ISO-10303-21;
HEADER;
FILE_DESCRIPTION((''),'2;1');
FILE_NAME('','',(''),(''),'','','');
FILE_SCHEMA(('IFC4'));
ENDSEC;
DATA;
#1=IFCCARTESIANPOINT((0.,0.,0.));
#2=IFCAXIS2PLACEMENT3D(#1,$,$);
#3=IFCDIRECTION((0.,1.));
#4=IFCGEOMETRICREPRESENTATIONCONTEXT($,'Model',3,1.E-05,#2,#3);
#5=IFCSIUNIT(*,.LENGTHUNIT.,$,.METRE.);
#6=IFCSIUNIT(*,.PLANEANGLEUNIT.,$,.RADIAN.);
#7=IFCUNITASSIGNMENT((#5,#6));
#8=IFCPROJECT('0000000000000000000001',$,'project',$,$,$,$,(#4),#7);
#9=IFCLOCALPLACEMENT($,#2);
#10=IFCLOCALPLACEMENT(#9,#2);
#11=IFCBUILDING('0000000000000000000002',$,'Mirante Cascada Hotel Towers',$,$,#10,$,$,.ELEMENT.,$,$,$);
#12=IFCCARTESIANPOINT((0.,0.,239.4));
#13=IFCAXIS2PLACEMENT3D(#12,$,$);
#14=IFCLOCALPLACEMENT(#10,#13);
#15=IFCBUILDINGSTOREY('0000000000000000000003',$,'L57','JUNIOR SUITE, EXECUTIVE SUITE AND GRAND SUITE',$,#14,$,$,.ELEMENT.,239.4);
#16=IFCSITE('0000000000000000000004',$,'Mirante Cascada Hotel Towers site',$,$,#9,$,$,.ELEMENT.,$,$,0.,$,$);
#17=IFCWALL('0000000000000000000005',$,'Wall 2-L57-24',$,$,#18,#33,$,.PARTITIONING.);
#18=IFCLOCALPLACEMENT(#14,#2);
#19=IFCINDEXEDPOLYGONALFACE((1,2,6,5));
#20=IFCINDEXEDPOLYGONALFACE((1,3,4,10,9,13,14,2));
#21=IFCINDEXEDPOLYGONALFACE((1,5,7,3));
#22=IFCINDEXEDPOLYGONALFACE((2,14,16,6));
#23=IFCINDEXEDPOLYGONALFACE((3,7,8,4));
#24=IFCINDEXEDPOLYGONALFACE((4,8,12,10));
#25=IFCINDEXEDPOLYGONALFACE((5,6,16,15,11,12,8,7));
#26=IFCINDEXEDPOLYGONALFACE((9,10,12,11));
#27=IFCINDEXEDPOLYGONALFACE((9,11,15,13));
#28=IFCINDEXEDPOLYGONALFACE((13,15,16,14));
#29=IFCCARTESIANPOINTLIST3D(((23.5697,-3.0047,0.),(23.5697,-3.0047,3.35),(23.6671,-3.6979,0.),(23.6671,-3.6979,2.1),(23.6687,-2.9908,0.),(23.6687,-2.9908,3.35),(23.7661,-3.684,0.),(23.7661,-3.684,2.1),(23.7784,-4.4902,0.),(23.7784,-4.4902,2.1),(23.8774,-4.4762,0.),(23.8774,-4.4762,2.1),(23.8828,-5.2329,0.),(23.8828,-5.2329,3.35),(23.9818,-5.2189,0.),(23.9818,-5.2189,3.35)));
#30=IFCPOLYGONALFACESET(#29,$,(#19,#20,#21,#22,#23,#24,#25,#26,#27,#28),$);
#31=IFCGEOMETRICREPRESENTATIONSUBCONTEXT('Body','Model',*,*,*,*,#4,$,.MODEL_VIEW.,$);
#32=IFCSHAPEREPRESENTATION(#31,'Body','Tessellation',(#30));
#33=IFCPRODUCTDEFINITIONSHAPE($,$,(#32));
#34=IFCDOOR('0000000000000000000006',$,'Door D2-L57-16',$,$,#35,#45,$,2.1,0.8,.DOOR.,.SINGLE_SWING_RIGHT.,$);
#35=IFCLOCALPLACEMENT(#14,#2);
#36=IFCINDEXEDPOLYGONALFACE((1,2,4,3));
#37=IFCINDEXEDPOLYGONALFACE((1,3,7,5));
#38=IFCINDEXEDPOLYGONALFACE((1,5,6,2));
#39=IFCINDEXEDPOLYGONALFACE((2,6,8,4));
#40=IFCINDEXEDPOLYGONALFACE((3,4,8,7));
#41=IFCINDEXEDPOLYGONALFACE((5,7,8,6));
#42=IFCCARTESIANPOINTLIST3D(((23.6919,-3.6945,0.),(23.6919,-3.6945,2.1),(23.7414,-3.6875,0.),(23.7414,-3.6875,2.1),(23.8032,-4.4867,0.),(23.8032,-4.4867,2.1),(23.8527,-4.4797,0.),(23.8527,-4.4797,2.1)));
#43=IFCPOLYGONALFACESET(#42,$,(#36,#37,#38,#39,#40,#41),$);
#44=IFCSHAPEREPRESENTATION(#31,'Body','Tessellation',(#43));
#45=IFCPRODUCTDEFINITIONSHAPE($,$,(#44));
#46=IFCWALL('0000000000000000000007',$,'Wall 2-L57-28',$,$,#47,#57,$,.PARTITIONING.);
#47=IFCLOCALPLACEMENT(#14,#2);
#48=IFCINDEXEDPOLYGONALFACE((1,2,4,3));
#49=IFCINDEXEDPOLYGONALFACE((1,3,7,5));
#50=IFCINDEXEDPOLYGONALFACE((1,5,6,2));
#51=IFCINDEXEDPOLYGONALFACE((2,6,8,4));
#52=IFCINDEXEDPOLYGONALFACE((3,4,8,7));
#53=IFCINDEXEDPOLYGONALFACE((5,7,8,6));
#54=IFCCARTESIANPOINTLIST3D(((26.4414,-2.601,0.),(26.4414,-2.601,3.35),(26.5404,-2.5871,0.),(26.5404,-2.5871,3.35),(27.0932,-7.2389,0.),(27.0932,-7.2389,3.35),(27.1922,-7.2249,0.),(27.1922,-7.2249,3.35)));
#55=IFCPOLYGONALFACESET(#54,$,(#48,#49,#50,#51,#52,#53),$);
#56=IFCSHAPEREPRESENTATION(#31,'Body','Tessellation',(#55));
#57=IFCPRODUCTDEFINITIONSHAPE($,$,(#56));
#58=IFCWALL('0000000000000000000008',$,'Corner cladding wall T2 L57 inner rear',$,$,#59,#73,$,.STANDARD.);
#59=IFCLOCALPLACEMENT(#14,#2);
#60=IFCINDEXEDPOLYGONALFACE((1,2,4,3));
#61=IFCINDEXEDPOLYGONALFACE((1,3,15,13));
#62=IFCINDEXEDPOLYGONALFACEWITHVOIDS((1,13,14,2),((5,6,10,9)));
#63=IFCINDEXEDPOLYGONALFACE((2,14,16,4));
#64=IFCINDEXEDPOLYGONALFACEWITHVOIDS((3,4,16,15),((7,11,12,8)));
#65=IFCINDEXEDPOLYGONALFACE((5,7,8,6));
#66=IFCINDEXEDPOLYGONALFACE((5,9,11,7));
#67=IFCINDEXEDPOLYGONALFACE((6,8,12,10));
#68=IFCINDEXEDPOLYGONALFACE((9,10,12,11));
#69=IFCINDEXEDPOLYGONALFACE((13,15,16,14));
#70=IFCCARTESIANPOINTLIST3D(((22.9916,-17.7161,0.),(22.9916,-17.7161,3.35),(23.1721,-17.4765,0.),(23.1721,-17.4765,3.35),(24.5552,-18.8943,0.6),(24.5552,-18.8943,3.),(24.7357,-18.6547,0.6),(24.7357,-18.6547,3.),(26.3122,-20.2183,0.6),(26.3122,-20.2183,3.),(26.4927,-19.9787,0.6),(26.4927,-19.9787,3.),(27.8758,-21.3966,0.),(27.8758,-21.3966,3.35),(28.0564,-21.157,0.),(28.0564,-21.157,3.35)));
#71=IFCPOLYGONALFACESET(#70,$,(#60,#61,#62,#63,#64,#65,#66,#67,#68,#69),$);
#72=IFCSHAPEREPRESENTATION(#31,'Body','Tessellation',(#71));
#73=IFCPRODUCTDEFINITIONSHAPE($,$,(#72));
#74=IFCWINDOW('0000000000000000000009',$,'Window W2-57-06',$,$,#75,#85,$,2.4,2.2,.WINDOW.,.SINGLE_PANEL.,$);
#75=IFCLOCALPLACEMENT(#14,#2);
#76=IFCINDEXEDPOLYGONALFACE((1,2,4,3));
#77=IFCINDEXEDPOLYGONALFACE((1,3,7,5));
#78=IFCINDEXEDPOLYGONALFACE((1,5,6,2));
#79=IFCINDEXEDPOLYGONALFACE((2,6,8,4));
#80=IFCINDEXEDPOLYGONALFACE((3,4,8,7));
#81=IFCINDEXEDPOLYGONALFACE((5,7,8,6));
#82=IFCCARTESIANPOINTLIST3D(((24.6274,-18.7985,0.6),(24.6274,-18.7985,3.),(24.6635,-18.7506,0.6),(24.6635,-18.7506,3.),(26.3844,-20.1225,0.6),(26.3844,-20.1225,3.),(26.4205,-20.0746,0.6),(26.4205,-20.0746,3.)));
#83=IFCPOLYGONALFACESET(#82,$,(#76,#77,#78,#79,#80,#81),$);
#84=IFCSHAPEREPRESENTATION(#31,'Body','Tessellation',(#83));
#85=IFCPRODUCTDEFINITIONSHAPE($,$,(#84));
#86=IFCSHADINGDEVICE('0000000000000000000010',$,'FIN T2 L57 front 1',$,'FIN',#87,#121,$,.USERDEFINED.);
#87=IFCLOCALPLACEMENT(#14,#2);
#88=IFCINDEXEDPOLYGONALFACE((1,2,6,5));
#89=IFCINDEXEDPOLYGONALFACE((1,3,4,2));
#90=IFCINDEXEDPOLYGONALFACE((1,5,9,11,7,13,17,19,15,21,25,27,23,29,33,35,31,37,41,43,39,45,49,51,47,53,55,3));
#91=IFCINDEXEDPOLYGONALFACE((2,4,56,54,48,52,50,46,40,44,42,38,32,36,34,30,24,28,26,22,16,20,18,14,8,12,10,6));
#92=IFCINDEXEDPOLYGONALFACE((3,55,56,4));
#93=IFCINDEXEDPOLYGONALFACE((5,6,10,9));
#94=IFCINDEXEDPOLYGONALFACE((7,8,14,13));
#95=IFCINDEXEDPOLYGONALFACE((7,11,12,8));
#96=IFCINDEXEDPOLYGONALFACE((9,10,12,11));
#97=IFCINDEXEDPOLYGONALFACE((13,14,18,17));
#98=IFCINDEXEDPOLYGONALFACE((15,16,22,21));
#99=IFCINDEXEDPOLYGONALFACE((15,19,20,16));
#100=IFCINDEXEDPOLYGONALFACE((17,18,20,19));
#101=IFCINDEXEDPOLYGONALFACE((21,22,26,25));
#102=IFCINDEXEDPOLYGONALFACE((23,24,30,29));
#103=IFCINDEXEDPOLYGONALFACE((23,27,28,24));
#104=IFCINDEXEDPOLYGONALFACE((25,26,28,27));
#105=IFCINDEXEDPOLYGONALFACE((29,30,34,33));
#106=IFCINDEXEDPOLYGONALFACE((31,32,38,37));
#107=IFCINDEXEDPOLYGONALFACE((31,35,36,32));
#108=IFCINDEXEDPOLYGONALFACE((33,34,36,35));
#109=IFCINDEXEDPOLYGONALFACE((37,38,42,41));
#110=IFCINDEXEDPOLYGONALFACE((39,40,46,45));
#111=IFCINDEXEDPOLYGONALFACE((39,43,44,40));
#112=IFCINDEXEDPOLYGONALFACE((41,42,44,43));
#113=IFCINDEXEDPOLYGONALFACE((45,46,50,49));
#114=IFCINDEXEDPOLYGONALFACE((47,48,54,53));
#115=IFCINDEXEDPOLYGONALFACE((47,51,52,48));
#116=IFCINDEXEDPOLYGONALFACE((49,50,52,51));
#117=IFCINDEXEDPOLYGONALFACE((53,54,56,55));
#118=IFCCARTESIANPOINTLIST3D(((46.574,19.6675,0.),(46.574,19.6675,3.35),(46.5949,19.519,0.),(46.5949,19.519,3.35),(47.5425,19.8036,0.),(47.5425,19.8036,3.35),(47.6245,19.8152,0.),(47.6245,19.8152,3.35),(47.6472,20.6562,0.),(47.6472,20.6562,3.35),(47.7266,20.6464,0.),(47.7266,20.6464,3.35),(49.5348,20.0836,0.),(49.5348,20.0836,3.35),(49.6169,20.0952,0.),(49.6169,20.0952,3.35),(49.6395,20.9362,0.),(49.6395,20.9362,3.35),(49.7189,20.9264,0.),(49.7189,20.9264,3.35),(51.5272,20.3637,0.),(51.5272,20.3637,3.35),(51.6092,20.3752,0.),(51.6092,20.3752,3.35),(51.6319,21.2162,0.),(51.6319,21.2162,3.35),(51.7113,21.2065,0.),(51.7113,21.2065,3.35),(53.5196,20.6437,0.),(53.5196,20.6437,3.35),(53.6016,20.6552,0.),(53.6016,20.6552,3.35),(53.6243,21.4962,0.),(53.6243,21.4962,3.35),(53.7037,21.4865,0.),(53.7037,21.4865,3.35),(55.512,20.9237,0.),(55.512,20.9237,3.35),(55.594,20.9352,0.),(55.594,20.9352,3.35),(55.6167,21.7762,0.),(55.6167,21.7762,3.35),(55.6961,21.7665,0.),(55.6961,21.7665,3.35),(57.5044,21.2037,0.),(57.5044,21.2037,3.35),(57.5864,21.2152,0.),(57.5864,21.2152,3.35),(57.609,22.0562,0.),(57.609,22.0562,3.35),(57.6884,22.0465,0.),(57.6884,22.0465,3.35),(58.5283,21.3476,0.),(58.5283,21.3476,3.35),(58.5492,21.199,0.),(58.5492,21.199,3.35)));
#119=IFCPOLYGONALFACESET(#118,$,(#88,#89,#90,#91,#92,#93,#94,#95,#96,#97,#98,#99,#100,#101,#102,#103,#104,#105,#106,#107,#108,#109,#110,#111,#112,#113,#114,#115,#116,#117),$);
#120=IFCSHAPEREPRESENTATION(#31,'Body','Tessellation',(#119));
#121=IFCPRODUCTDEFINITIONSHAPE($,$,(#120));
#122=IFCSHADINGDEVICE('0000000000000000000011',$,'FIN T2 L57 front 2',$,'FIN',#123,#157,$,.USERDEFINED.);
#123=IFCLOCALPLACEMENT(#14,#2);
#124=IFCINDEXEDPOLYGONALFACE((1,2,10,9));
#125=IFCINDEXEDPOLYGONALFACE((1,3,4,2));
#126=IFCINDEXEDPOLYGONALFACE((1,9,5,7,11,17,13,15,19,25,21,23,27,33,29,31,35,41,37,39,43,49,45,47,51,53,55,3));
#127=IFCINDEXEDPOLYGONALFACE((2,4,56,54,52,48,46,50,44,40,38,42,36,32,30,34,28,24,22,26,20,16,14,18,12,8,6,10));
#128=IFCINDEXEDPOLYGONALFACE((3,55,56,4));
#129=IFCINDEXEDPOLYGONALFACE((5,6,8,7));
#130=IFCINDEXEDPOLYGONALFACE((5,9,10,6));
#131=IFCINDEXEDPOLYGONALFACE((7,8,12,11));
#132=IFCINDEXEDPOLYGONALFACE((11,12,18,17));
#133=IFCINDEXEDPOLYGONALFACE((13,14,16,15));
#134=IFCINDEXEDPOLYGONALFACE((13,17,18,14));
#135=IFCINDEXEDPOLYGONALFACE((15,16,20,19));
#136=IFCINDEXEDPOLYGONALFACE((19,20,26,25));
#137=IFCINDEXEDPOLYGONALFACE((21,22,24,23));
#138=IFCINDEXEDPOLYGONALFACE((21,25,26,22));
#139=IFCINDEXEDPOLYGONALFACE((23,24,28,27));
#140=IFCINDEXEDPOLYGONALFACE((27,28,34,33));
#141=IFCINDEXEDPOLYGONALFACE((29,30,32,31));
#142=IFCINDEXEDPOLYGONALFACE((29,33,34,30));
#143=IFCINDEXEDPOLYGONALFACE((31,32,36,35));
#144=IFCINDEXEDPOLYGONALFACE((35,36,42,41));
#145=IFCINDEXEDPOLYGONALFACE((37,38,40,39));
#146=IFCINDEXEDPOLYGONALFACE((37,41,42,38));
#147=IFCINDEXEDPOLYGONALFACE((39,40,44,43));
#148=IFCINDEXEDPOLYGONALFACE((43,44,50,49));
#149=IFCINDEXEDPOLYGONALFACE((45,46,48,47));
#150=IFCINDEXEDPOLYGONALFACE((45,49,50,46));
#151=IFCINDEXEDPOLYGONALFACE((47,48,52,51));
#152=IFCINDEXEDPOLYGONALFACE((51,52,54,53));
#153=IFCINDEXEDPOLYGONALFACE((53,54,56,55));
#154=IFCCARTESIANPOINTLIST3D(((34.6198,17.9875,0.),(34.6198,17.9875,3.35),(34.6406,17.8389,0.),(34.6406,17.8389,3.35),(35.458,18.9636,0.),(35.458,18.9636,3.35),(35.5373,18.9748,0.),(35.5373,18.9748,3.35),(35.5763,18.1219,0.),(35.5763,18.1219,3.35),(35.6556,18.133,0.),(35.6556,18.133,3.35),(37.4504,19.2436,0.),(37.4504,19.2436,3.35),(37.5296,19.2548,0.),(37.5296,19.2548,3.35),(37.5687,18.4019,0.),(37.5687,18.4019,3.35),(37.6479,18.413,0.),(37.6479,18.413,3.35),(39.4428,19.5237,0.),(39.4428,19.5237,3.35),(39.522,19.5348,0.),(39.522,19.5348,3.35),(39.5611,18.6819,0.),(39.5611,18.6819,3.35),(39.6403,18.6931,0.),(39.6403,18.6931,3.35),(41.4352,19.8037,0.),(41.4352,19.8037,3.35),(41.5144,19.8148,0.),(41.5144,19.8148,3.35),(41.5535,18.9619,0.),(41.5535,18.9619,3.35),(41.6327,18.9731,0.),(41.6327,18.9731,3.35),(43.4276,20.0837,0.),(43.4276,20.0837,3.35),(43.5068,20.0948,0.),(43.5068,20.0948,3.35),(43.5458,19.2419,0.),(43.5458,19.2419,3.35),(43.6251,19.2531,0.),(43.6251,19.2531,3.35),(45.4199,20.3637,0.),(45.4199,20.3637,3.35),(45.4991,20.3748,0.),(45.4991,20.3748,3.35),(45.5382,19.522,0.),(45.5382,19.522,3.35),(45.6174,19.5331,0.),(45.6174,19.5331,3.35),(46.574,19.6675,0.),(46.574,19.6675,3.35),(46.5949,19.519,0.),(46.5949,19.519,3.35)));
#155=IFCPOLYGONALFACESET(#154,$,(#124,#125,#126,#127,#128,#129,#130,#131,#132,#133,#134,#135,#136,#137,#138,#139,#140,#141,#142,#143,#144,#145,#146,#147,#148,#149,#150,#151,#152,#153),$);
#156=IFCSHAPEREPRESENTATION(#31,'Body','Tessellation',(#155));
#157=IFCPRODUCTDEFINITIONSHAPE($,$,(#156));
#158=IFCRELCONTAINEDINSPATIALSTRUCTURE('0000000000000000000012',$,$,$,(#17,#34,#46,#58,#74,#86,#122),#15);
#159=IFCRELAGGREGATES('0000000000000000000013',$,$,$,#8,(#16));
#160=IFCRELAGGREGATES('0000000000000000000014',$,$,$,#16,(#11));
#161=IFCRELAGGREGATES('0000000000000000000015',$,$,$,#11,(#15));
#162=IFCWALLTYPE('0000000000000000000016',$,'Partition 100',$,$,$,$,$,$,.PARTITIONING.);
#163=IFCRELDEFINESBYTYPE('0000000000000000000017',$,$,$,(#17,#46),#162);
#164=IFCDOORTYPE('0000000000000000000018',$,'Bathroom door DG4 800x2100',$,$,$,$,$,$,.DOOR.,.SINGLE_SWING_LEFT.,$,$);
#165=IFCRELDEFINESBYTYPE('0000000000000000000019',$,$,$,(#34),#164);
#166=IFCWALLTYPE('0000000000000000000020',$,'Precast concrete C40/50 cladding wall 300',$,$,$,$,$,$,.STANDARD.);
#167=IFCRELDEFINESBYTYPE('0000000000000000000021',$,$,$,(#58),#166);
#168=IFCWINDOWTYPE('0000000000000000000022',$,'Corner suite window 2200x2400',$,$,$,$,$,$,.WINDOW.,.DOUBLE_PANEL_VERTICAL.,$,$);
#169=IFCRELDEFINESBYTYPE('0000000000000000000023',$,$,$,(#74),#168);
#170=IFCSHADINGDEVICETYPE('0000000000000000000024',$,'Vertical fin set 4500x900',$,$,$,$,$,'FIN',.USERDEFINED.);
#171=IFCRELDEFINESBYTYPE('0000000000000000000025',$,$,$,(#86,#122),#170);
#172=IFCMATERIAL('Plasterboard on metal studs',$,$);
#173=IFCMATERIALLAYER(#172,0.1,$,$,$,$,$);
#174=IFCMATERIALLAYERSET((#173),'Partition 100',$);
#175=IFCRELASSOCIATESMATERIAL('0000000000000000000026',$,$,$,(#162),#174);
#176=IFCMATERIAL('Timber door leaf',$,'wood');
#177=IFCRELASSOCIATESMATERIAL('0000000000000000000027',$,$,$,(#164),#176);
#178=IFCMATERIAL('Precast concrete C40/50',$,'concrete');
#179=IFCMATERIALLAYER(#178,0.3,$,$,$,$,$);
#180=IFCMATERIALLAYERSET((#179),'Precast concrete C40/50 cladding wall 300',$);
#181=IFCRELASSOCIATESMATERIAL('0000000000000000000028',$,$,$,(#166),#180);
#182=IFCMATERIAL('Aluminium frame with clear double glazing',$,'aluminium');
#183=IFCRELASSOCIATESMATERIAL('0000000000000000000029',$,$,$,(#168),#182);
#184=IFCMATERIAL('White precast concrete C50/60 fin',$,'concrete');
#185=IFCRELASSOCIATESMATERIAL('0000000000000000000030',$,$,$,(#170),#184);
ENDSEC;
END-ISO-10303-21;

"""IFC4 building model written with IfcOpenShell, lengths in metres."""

from ifc_helpers import new_model, si_unit, direction, frame, frame_2d, origin, place, context, subcontext, project, spatial, polyline, rectangle, outline, extrude, material, layer, layer_set, type_object, element, fill, save


model = new_model("IFC4")

# Units and contexts
model_context = context("Model", 3, precision=1e-05, world=origin(), true_north=direction((0.0, 1.0)))
body_context = subcontext(model_context, "Body", "Model", "MODEL_VIEW")
ifc_project = project(units=[si_unit("LENGTHUNIT", "METRE"), si_unit("PLANEANGLEUNIT", "RADIAN")], contexts=[model_context])

# Site, building, storey
site_placement = place(None, origin())
site = spatial("IfcSite", under=ifc_project, at=site_placement, Name="Mirante Cascada Hotel Towers site", CompositionType="ELEMENT", RefElevation=0.0)
building_placement = place(site_placement, origin())
building = spatial("IfcBuilding", under=site, at=building_placement, Name="Mirante Cascada Hotel Towers", CompositionType="ELEMENT")
storey_placement = place(building_placement, frame((0.0, 0.0, 239.4)))
storey = spatial("IfcBuildingStorey", under=building, at=storey_placement, Name="L57", Description="JUNIOR SUITE, EXECUTIVE SUITE AND GRAND SUITE", CompositionType="ELEMENT", Elevation=239.4)

# Shared definitions
ifc_material_1 = material(Name="Plasterboard on metal studs")
ifc_layer_1 = layer(ifc_material_1, 0.1)
ifc_layer_set_1 = layer_set([ifc_layer_1], Name="Partition 100")
wall_type_1 = type_object("IfcWallType", Name="Partition 100", PredefinedType="PARTITIONING", material=ifc_layer_set_1)

# Wall, opening, door
wall_1_placement = place(storey_placement, frame((23.9323, -5.2259, 0.0), z_axis=(0.0, 0.0, 1.0), x_axis=(-0.139156, 0.990271, 0.0)))
wall_1 = element("IfcWall", 1, at=wall_1_placement, inside=storey, type_object=wall_type_1, Name="Wall 2-L57-24", PredefinedType="PARTITIONING", context=body_context, shape_type="SweptSolid", body=[
    extrude(rectangle(XDim=2.25, YDim=0.1, at=frame_2d((1.125, 0.0))), origin(), (0.0, 0.0, 1.0), 3.35),
])
opening_1_placement = place(wall_1_placement, frame((0.75, 0.0, 0.0)))
opening_1 = element("IfcOpeningElement", 2, at=opening_1_placement, cuts=wall_1, PredefinedType="OPENING", context=body_context, shape_type="SweptSolid", body=[
    extrude(rectangle(XDim=0.8, YDim=2.1, at=frame_2d((0.4, 1.05))), frame((0.0, 0.05, 0.0), z_axis=(0.0, -1.0, 0.0), x_axis=(1.0, 0.0, 0.0)), (0.0, 0.0, 1.0), 0.1),
])
ifc_material_2 = material(Name="Timber door leaf", Category="wood")
door_type = type_object("IfcDoorType", Name="Bathroom door DG4 800x2100", OperationType="SINGLE_SWING_LEFT", PredefinedType="DOOR", material=ifc_material_2)
door_placement = place(opening_1_placement, frame((0.8, 0.0, 0.0), z_axis=(0.0, 0.0, 1.0), x_axis=(-1.0, 0.0, 0.0)))
door = element("IfcDoor", 3, at=door_placement, inside=storey, type_object=door_type, Name="Door D2-L57-16", OperationType="SINGLE_SWING_RIGHT", OverallHeight=2.1, OverallWidth=0.8, PredefinedType="DOOR", context=body_context, shape_type="SweptSolid", body=[
    extrude(rectangle(XDim=0.8, YDim=2.1, at=frame_2d((0.4, 1.05))), frame((0.0, 0.025, 0.0), z_axis=(0.0, -1.0, 0.0), x_axis=(1.0, 0.0, 0.0)), (0.0, 0.0, 1.0), 0.05),
])
fill(opening_1, door)

# Wall
wall_2_placement = place(storey_placement, frame((27.1427, -7.2319, 0.0), z_axis=(0.0, 0.0, 1.0), x_axis=(-0.139173, 0.990268, 0.0)))
element("IfcWall", 4, at=wall_2_placement, inside=storey, type_object=wall_type_1, Name="Wall 2-L57-28", PredefinedType="PARTITIONING", context=body_context, shape_type="SweptSolid", body=[
    extrude(rectangle(XDim=4.6834, YDim=0.1, at=frame_2d((2.3417, 0.0))), origin(), (0.0, 0.0, 1.0), 3.35),
])

# Wall, opening, window
ifc_material_3 = material(Name="Precast concrete C40/50", Category="concrete")
ifc_layer_2 = layer(ifc_material_3, 0.3)
ifc_layer_set_2 = layer_set([ifc_layer_2], Name="Precast concrete C40/50 cladding wall 300")
wall_type_2 = type_object("IfcWallType", Name="Precast concrete C40/50 cladding wall 300", PredefinedType="STANDARD", material=ifc_layer_set_2)
wall_3_placement = place(storey_placement, frame((23.0819, -17.5963, 0.0), z_axis=(0.0, 0.0, 1.0), x_axis=(0.798636, -0.601814, 0.0)))
wall_3 = element("IfcWall", 5, at=wall_3_placement, inside=storey, type_object=wall_type_2, Name="Corner cladding wall T2 L57 inner rear", PredefinedType="STANDARD", context=body_context, shape_type="SweptSolid", body=[
    extrude(rectangle(XDim=6.1157, YDim=0.3, at=frame_2d((3.0578, 0.0))), origin(), (0.0, 0.0, 1.0), 3.35),
])
opening_2_placement = place(wall_3_placement, frame((1.9578, 0.0, 0.6)))
opening_2 = element("IfcOpeningElement", 6, at=opening_2_placement, cuts=wall_3, PredefinedType="OPENING", context=body_context, shape_type="SweptSolid", body=[
    extrude(rectangle(XDim=2.2, YDim=2.4, at=frame_2d((1.1, 1.2))), frame((0.0, 0.15, 0.0), z_axis=(0.0, -1.0, 0.0), x_axis=(1.0, 0.0, 0.0)), (0.0, 0.0, 1.0), 0.3),
])
ifc_material_4 = material(Name="Aluminium frame with clear double glazing", Category="aluminium")
window_type = type_object("IfcWindowType", Name="Corner suite window 2200x2400", PartitioningType="DOUBLE_PANEL_VERTICAL", PredefinedType="WINDOW", material=ifc_material_4)
window_placement = place(opening_2_placement, origin())
window = element("IfcWindow", 7, at=window_placement, inside=storey, type_object=window_type, Name="Window W2-57-06", OverallHeight=2.4, OverallWidth=2.2, PartitioningType="SINGLE_PANEL", PredefinedType="WINDOW", context=body_context, shape_type="SweptSolid", body=[
    extrude(rectangle(XDim=2.2, YDim=2.4, at=frame_2d((1.1, 1.2))), frame((0.0, 0.03, 0.0), z_axis=(0.0, -1.0, 0.0), x_axis=(1.0, 0.0, 0.0)), (0.0, 0.0, 1.0), 0.06),
])
fill(opening_2, window)

# Shading devices
ifc_material_5 = material(Name="White precast concrete C50/60 fin", Category="concrete")
shading_device_type = type_object("IfcShadingDeviceType", Name="Vertical fin set 4500x900", ElementType="FIN", PredefinedType="USERDEFINED", material=ifc_material_5)
shading_device_1_placement = place(storey_placement, origin())
element("IfcShadingDevice", 8, at=shading_device_1_placement, inside=storey, type_object=shading_device_type, Name="FIN T2 L57 front 1", ObjectType="FIN", PredefinedType="USERDEFINED", context=body_context, shape_type="SweptSolid", body=[
    extrude(outline(polyline([(47.7266, 20.6464), (47.6245, 19.8152), (49.5348, 20.0836), (49.6395, 20.9362), (49.7189, 20.9264), (49.6169, 20.0952), (51.5272, 20.3637), (51.6319, 21.2162), (51.7113, 21.2065), (51.6092, 20.3752), (53.5196, 20.6437), (53.6243, 21.4962), (53.7037, 21.4865), (53.6016, 20.6552), (55.512, 20.9237), (55.6167, 21.7762), (55.6961, 21.7665), (55.594, 20.9352), (57.5044, 21.2037), (57.609, 22.0562), (57.6884, 22.0465), (57.5864, 21.2152), (58.5283, 21.3476), (58.5492, 21.199), (46.5949, 19.519), (46.574, 19.6675), (47.5425, 19.8036), (47.6472, 20.6562), (47.7266, 20.6464)])), origin(), (0.0, 0.0, 1.0), 3.35),
])
shading_device_2_placement = place(storey_placement, origin())
element("IfcShadingDevice", 9, at=shading_device_2_placement, inside=storey, type_object=shading_device_type, Name="FIN T2 L57 front 2", ObjectType="FIN", PredefinedType="USERDEFINED", context=body_context, shape_type="SweptSolid", body=[
    extrude(outline(polyline([(35.5373, 18.9748), (35.6556, 18.133), (37.5687, 18.4019), (37.4504, 19.2436), (37.5296, 19.2548), (37.6479, 18.413), (39.5611, 18.6819), (39.4428, 19.5237), (39.522, 19.5348), (39.6403, 18.6931), (41.5535, 18.9619), (41.4352, 19.8037), (41.5144, 19.8148), (41.6327, 18.9731), (43.5458, 19.2419), (43.4276, 20.0837), (43.5068, 20.0948), (43.6251, 19.2531), (45.5382, 19.522), (45.4199, 20.3637), (45.4991, 20.3748), (45.6174, 19.5331), (46.574, 19.6675), (46.5949, 19.519), (34.6406, 17.8389), (34.6198, 17.9875), (35.5763, 18.1219), (35.458, 18.9636), (35.5373, 18.9748)])), origin(), (0.0, 0.0, 1.0), 3.35),
])

save(model, "model.ifc")
